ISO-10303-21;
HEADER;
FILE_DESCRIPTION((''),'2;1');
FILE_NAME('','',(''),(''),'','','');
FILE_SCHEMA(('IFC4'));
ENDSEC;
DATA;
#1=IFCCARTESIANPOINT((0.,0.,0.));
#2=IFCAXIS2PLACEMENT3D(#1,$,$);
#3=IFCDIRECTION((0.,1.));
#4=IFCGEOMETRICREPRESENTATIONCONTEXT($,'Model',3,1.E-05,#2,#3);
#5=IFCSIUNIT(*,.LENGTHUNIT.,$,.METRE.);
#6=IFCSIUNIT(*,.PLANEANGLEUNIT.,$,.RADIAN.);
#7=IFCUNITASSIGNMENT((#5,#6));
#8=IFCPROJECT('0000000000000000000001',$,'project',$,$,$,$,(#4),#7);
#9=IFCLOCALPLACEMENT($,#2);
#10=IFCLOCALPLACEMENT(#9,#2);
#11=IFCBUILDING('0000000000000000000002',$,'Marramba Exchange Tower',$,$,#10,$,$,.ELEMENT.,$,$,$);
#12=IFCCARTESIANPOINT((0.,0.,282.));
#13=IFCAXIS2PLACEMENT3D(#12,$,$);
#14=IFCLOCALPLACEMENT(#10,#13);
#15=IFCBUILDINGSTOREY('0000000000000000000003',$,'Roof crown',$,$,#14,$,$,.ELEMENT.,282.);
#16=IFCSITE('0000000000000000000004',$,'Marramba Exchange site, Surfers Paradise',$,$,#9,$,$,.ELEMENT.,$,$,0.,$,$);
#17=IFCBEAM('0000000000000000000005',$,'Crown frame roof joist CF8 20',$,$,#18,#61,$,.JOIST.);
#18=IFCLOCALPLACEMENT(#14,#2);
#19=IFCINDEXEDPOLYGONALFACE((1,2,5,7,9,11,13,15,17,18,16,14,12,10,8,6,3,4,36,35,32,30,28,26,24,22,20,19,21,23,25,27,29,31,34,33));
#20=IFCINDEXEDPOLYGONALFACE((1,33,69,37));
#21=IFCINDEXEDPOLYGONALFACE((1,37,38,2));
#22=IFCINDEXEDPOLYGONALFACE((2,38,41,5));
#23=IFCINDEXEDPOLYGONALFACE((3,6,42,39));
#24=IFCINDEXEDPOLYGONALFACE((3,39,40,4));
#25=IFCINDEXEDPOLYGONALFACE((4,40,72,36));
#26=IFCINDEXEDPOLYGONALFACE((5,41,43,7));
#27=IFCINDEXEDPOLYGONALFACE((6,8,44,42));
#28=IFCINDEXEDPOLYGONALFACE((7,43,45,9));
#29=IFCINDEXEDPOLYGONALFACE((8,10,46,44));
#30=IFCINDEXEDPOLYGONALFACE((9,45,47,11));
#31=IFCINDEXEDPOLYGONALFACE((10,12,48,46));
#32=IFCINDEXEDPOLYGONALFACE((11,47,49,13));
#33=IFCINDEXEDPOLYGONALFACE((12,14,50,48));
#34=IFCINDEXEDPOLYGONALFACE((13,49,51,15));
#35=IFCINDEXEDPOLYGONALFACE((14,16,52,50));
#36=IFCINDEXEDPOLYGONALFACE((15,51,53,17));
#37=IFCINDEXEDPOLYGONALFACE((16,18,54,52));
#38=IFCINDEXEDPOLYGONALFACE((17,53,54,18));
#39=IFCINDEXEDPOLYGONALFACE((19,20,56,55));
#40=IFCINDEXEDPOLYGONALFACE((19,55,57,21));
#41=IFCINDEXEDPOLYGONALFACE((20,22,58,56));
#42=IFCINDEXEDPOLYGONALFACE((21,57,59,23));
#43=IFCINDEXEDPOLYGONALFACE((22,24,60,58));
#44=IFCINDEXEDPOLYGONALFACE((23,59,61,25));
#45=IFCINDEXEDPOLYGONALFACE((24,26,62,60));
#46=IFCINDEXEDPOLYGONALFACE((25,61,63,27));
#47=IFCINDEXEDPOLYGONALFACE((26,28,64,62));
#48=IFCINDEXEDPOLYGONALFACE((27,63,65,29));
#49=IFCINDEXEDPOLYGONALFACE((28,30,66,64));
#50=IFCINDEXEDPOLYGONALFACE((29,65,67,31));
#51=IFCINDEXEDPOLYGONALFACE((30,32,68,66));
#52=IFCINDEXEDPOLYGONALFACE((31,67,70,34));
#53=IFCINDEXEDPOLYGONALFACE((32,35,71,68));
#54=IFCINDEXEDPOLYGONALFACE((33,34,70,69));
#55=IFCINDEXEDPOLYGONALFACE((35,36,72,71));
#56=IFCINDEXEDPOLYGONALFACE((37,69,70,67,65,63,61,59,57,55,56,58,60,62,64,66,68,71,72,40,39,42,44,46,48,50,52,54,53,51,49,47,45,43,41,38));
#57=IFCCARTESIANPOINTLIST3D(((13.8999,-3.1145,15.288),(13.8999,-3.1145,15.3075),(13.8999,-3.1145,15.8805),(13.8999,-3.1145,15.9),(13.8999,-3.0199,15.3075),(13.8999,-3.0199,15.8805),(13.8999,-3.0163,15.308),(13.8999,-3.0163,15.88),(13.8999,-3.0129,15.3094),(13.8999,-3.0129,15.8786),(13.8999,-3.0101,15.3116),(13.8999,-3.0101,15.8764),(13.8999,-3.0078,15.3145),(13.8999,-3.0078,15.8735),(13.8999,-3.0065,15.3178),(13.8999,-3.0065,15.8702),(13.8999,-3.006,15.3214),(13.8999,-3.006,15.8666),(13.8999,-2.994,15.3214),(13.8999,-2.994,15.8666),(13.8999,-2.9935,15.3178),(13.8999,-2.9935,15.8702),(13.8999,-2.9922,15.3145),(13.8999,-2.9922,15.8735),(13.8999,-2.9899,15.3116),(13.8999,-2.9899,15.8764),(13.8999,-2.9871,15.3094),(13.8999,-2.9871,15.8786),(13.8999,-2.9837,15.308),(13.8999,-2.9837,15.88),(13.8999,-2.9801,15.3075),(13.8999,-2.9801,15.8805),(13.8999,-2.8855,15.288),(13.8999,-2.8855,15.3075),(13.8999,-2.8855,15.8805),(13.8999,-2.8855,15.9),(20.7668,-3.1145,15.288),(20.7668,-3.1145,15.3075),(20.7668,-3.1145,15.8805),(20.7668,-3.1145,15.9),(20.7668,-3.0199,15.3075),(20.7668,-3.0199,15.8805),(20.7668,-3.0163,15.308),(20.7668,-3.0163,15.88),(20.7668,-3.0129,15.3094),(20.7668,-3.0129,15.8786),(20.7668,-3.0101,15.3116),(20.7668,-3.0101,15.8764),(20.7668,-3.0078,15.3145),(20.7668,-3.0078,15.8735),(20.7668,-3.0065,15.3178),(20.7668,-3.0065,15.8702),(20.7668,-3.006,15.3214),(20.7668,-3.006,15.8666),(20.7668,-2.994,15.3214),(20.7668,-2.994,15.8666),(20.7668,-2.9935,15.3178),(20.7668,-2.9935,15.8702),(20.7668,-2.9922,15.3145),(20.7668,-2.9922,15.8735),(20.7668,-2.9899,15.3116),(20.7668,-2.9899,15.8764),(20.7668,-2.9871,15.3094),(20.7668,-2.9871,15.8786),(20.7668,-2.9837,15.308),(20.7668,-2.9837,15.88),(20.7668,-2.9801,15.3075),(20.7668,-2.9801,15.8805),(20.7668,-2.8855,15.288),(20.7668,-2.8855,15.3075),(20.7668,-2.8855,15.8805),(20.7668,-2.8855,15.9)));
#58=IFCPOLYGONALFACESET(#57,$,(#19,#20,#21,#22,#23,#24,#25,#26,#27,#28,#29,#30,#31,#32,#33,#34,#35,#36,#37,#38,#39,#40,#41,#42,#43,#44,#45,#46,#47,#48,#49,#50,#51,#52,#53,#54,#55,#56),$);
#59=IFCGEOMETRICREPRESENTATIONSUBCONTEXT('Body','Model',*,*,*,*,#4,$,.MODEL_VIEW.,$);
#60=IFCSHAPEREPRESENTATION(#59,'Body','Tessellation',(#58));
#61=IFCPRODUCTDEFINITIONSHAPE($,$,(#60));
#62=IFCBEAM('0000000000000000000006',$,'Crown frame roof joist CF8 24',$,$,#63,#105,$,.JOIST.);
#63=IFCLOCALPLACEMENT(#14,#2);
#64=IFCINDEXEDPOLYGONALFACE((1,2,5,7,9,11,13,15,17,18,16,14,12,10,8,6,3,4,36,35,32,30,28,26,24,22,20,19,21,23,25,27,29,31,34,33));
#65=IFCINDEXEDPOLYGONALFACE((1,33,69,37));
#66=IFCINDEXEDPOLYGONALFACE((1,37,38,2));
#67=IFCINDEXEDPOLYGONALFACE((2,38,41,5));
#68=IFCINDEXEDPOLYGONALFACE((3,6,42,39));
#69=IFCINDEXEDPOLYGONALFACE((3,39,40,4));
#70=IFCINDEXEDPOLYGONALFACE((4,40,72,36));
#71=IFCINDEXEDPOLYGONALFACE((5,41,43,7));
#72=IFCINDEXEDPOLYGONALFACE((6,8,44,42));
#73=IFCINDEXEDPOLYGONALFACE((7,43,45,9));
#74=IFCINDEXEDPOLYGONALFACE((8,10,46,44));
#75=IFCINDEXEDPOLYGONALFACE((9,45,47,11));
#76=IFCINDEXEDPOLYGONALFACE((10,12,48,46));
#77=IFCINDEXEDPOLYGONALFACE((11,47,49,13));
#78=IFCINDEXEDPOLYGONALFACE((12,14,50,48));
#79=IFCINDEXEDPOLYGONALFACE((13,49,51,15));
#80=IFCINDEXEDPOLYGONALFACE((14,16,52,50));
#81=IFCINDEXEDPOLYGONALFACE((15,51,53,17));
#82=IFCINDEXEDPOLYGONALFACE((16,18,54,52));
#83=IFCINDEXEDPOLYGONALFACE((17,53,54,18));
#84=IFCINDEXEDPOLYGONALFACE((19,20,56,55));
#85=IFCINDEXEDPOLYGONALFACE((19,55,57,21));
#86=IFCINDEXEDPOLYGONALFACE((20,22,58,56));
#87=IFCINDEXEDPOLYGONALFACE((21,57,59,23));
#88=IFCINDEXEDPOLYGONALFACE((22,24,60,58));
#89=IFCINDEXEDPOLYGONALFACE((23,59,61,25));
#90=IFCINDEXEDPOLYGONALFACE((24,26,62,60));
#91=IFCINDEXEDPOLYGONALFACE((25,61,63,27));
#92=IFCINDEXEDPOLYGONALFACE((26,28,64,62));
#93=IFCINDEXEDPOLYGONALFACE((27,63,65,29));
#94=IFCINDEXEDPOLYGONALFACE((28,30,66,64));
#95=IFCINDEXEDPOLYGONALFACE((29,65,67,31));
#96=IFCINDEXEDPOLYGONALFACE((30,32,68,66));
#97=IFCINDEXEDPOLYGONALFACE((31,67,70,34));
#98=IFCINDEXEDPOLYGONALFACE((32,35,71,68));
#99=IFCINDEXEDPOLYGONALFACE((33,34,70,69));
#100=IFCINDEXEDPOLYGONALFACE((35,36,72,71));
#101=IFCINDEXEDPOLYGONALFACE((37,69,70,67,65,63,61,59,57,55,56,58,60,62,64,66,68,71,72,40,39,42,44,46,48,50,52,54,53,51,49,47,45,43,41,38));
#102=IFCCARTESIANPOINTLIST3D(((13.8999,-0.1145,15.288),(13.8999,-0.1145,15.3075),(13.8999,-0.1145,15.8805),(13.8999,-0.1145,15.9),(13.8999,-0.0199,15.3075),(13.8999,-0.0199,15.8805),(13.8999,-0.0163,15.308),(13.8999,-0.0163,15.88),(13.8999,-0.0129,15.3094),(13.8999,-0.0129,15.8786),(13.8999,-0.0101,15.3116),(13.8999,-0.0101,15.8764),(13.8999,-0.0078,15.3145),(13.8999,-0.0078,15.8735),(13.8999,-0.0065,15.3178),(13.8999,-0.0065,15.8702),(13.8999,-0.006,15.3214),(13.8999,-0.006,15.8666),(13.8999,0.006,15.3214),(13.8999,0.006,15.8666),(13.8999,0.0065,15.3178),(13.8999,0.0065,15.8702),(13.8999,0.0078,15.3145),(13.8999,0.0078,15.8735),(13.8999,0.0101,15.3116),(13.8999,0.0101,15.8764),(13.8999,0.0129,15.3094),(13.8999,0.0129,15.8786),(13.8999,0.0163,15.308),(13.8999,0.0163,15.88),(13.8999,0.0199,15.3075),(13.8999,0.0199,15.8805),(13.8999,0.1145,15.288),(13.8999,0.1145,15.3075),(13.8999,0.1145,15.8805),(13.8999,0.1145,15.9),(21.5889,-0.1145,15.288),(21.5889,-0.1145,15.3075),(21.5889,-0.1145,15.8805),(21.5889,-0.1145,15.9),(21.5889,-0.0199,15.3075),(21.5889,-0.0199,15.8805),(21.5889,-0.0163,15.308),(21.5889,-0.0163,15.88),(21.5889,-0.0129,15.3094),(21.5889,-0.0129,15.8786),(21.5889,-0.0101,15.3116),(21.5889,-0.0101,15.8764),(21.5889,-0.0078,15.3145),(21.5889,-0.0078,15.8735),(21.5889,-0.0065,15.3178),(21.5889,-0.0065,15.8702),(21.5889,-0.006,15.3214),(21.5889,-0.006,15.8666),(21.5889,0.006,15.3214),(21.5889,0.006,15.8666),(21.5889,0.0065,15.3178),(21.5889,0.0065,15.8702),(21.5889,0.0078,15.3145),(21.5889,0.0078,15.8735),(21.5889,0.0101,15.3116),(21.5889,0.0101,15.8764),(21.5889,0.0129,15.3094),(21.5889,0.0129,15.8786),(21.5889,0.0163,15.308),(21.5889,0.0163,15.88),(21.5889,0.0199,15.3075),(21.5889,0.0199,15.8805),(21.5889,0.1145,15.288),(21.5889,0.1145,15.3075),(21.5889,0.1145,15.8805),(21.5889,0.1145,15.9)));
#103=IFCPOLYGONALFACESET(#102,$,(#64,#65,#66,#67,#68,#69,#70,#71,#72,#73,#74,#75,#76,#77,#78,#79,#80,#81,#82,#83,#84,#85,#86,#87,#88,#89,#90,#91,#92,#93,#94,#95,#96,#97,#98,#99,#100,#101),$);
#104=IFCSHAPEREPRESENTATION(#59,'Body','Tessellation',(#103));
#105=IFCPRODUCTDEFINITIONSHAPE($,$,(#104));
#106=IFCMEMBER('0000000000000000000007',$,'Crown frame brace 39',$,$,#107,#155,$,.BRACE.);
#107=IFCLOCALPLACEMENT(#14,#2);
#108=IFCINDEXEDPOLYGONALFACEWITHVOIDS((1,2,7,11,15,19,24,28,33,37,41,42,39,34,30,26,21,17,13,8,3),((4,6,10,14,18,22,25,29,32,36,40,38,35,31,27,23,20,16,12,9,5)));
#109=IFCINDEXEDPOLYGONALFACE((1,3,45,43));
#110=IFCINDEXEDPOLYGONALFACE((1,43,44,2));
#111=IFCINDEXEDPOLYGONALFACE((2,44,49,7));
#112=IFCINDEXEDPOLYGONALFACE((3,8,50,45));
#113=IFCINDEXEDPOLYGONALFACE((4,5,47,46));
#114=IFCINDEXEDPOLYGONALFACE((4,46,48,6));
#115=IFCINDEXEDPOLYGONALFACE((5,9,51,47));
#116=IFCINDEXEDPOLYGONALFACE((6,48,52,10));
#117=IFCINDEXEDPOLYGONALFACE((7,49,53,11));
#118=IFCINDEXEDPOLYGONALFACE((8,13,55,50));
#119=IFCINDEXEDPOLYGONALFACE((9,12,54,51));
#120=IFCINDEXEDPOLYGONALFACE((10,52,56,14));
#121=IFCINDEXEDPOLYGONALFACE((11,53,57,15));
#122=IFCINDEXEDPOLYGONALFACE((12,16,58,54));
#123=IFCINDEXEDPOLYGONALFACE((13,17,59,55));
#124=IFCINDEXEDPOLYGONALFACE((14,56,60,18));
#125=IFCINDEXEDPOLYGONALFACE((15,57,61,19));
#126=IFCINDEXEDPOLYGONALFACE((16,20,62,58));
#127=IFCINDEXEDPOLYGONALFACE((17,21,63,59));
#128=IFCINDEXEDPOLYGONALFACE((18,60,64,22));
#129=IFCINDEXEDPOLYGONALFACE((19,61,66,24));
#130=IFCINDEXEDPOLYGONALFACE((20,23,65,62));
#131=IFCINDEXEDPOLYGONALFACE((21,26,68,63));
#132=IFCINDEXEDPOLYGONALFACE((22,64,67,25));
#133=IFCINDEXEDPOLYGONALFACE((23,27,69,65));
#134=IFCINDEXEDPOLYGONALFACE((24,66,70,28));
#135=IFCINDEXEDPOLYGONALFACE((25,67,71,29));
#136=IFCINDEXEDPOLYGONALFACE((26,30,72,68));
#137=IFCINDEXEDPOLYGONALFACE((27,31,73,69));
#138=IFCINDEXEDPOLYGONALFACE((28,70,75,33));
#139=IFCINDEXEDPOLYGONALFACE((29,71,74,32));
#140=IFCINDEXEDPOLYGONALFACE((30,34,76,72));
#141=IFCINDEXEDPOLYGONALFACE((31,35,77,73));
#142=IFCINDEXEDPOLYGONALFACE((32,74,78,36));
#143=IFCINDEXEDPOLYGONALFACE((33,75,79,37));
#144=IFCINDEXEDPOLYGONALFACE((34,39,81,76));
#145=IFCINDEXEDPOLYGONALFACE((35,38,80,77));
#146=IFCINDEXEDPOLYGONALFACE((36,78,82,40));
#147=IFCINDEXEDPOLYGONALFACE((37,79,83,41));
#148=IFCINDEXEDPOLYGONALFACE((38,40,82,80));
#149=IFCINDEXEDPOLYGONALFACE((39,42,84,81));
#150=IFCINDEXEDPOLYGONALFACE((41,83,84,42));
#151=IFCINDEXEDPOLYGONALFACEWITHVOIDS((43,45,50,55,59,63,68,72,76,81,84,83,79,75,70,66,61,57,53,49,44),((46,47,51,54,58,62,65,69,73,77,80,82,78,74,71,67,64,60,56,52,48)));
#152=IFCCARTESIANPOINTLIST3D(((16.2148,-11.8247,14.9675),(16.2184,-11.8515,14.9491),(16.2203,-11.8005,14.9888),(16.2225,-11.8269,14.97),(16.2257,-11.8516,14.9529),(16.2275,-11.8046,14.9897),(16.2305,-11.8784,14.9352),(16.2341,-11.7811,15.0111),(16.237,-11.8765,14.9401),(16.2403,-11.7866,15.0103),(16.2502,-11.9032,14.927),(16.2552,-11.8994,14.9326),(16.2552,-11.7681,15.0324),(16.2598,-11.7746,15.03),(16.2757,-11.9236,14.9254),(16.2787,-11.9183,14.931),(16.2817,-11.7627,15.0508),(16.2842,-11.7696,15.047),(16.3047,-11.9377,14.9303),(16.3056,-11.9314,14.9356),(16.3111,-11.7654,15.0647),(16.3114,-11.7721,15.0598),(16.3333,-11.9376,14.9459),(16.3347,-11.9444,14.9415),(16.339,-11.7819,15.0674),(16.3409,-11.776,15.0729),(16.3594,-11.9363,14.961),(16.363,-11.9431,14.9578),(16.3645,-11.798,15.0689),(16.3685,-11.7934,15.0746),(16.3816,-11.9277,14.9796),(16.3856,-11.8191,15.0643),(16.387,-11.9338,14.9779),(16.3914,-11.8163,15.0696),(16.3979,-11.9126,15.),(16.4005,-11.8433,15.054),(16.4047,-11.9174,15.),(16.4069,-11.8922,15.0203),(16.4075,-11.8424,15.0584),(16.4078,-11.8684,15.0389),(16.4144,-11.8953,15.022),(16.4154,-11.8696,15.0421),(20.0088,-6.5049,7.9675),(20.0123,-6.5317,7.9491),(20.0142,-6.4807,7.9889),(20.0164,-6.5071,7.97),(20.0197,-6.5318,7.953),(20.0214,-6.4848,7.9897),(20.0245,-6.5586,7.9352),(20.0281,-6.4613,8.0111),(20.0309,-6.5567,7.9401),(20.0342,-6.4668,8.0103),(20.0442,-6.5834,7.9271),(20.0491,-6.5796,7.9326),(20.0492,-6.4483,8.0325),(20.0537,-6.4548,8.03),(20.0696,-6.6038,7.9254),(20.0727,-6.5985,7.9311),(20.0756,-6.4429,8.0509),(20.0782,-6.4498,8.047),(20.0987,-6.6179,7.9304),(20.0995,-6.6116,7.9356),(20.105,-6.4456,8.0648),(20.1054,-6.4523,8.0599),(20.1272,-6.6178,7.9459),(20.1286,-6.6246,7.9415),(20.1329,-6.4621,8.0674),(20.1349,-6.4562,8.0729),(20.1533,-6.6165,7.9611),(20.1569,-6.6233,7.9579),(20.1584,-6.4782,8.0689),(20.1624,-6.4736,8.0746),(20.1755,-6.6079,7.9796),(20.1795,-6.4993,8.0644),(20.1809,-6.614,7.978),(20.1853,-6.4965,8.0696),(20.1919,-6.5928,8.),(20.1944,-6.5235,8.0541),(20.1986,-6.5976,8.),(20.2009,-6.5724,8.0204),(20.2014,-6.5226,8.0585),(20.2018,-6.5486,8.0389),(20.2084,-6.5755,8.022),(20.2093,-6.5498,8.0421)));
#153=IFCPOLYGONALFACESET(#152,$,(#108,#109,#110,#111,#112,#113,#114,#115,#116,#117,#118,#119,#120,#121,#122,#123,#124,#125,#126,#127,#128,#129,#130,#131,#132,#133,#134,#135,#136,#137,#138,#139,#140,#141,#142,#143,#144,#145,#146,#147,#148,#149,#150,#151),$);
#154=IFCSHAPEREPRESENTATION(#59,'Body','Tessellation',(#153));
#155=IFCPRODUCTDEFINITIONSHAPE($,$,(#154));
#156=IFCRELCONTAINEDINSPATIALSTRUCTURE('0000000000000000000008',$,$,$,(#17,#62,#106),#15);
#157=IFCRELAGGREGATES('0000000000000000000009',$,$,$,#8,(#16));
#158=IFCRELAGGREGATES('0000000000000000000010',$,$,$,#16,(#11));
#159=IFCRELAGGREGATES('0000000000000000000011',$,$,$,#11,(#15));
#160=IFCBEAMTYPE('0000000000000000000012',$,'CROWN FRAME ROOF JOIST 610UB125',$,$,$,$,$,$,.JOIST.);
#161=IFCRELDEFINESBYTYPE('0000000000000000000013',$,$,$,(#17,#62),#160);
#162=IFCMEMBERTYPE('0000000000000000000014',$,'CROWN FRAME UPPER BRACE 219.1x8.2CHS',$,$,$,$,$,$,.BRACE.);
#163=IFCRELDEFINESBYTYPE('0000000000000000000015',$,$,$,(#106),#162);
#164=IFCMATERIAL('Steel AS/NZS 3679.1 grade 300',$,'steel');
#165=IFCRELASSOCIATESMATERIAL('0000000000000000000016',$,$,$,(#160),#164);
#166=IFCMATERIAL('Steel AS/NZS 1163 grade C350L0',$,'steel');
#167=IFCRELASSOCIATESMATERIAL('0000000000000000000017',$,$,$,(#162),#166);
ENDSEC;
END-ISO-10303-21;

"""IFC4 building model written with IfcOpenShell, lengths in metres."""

from ifc_helpers import new_model, si_unit, direction, frame, origin, origin_2d, place, context, subcontext, project, spatial, hollow_circle, i_section, extrude, material, material_profile, profile_set, type_object, element, save


model = new_model("IFC4")

# Units and contexts
model_context = context("Model", 3, precision=1e-05, world=origin(), true_north=direction((0.0, 1.0)))
body_context = subcontext(model_context, "Body", "Model", "MODEL_VIEW")
ifc_project = project(units=[si_unit("LENGTHUNIT", "METRE"), si_unit("PLANEANGLEUNIT", "RADIAN")], contexts=[model_context])

# Site, building, storey
site_placement = place(None, origin())
site = spatial("IfcSite", under=ifc_project, at=site_placement, Name="Marramba Exchange site, Surfers Paradise", CompositionType="ELEMENT", RefElevation=0.0)
building_placement = place(site_placement, origin())
building = spatial("IfcBuilding", under=site, at=building_placement, Name="Marramba Exchange Tower", CompositionType="ELEMENT")
storey_placement = place(building_placement, frame((0.0, 0.0, 282.0)))
storey = spatial("IfcBuildingStorey", under=building, at=storey_placement, Name="Roof crown", CompositionType="ELEMENT", Elevation=282.0)

# Beams
ifc_material_1 = material(Name="Steel AS/NZS 1163 grade C350L0", Category="steel")
ifc_material_2 = material(Name="Steel AS/NZS 3679.1 grade 300", Category="steel")
ifc_material_profile_1 = material_profile(ifc_material_2, i_section(OverallWidth=0.229, OverallDepth=0.6121, WebThickness=0.012, FlangeThickness=0.0195, FilletRadius=0.0139, at=origin_2d()), Name="610UB125")
ifc_profile_set_1 = profile_set([ifc_material_profile_1], Name="Steel AS/NZS 3679.1 grade 300")
beam_type_1 = type_object("IfcBeamType", Name="CROWN FRAME ROOF JOIST 610UB125", PredefinedType="JOIST", material=ifc_profile_set_1)
beam_1_placement = place(storey_placement, frame((13.8999, -3.0, 15.594), z_axis=(1.0, 0.0, 0.0), x_axis=(0.0, 1.0, 0.0)))
element("IfcBeam", 1, at=beam_1_placement, inside=storey, type_object=beam_type_1, Name="Crown frame roof joist CF8 20", PredefinedType="JOIST", context=body_context, shape_type="SweptSolid", body=[
    extrude(i_section(OverallWidth=0.229, OverallDepth=0.6121, WebThickness=0.012, FlangeThickness=0.0195, FilletRadius=0.0139, at=origin_2d()), origin(), (0.0, 0.0, 1.0), 6.8669),
])
beam_2_placement = place(storey_placement, frame((13.8999, 0.0, 15.594), z_axis=(1.0, 0.0, 0.0), x_axis=(0.0, 1.0, 0.0)))
element("IfcBeam", 2, at=beam_2_placement, inside=storey, type_object=beam_type_1, Name="Crown frame roof joist CF8 24", PredefinedType="JOIST", context=body_context, shape_type="SweptSolid", body=[
    extrude(i_section(OverallWidth=0.229, OverallDepth=0.6121, WebThickness=0.012, FlangeThickness=0.0195, FilletRadius=0.0139, at=origin_2d()), origin(), (0.0, 0.0, 1.0), 7.689),
])

# Member
ifc_material_profile_2 = material_profile(ifc_material_1, hollow_circle(Radius=0.1096, WallThickness=0.0083, at=origin_2d()), Name="219.1x8.2CHS")
ifc_profile_set_2 = profile_set([ifc_material_profile_2], Name="Steel AS/NZS 1163 grade C350L0")
member_type = type_object("IfcMemberType", Name="CROWN FRAME UPPER BRACE 219.1x8.2CHS", PredefinedType="BRACE", material=ifc_profile_set_2)
member_1_placement = place(storey_placement, frame((20.1094, -6.5339, 8.0), z_axis=(-0.396204, -0.555553, 0.731015), x_axis=(0.814162, -0.580637, 0.0)))
element("IfcMember", 3, at=member_1_placement, inside=storey, type_object=member_type, Name="Crown frame brace 39", PredefinedType="BRACE", context=body_context, shape_type="SweptSolid", body=[
    extrude(hollow_circle(Radius=0.1096, WallThickness=0.0083, at=origin_2d()), origin(), (0.0, 0.0, 1.0), 9.5757),
])

save(model, "model.ifc")
